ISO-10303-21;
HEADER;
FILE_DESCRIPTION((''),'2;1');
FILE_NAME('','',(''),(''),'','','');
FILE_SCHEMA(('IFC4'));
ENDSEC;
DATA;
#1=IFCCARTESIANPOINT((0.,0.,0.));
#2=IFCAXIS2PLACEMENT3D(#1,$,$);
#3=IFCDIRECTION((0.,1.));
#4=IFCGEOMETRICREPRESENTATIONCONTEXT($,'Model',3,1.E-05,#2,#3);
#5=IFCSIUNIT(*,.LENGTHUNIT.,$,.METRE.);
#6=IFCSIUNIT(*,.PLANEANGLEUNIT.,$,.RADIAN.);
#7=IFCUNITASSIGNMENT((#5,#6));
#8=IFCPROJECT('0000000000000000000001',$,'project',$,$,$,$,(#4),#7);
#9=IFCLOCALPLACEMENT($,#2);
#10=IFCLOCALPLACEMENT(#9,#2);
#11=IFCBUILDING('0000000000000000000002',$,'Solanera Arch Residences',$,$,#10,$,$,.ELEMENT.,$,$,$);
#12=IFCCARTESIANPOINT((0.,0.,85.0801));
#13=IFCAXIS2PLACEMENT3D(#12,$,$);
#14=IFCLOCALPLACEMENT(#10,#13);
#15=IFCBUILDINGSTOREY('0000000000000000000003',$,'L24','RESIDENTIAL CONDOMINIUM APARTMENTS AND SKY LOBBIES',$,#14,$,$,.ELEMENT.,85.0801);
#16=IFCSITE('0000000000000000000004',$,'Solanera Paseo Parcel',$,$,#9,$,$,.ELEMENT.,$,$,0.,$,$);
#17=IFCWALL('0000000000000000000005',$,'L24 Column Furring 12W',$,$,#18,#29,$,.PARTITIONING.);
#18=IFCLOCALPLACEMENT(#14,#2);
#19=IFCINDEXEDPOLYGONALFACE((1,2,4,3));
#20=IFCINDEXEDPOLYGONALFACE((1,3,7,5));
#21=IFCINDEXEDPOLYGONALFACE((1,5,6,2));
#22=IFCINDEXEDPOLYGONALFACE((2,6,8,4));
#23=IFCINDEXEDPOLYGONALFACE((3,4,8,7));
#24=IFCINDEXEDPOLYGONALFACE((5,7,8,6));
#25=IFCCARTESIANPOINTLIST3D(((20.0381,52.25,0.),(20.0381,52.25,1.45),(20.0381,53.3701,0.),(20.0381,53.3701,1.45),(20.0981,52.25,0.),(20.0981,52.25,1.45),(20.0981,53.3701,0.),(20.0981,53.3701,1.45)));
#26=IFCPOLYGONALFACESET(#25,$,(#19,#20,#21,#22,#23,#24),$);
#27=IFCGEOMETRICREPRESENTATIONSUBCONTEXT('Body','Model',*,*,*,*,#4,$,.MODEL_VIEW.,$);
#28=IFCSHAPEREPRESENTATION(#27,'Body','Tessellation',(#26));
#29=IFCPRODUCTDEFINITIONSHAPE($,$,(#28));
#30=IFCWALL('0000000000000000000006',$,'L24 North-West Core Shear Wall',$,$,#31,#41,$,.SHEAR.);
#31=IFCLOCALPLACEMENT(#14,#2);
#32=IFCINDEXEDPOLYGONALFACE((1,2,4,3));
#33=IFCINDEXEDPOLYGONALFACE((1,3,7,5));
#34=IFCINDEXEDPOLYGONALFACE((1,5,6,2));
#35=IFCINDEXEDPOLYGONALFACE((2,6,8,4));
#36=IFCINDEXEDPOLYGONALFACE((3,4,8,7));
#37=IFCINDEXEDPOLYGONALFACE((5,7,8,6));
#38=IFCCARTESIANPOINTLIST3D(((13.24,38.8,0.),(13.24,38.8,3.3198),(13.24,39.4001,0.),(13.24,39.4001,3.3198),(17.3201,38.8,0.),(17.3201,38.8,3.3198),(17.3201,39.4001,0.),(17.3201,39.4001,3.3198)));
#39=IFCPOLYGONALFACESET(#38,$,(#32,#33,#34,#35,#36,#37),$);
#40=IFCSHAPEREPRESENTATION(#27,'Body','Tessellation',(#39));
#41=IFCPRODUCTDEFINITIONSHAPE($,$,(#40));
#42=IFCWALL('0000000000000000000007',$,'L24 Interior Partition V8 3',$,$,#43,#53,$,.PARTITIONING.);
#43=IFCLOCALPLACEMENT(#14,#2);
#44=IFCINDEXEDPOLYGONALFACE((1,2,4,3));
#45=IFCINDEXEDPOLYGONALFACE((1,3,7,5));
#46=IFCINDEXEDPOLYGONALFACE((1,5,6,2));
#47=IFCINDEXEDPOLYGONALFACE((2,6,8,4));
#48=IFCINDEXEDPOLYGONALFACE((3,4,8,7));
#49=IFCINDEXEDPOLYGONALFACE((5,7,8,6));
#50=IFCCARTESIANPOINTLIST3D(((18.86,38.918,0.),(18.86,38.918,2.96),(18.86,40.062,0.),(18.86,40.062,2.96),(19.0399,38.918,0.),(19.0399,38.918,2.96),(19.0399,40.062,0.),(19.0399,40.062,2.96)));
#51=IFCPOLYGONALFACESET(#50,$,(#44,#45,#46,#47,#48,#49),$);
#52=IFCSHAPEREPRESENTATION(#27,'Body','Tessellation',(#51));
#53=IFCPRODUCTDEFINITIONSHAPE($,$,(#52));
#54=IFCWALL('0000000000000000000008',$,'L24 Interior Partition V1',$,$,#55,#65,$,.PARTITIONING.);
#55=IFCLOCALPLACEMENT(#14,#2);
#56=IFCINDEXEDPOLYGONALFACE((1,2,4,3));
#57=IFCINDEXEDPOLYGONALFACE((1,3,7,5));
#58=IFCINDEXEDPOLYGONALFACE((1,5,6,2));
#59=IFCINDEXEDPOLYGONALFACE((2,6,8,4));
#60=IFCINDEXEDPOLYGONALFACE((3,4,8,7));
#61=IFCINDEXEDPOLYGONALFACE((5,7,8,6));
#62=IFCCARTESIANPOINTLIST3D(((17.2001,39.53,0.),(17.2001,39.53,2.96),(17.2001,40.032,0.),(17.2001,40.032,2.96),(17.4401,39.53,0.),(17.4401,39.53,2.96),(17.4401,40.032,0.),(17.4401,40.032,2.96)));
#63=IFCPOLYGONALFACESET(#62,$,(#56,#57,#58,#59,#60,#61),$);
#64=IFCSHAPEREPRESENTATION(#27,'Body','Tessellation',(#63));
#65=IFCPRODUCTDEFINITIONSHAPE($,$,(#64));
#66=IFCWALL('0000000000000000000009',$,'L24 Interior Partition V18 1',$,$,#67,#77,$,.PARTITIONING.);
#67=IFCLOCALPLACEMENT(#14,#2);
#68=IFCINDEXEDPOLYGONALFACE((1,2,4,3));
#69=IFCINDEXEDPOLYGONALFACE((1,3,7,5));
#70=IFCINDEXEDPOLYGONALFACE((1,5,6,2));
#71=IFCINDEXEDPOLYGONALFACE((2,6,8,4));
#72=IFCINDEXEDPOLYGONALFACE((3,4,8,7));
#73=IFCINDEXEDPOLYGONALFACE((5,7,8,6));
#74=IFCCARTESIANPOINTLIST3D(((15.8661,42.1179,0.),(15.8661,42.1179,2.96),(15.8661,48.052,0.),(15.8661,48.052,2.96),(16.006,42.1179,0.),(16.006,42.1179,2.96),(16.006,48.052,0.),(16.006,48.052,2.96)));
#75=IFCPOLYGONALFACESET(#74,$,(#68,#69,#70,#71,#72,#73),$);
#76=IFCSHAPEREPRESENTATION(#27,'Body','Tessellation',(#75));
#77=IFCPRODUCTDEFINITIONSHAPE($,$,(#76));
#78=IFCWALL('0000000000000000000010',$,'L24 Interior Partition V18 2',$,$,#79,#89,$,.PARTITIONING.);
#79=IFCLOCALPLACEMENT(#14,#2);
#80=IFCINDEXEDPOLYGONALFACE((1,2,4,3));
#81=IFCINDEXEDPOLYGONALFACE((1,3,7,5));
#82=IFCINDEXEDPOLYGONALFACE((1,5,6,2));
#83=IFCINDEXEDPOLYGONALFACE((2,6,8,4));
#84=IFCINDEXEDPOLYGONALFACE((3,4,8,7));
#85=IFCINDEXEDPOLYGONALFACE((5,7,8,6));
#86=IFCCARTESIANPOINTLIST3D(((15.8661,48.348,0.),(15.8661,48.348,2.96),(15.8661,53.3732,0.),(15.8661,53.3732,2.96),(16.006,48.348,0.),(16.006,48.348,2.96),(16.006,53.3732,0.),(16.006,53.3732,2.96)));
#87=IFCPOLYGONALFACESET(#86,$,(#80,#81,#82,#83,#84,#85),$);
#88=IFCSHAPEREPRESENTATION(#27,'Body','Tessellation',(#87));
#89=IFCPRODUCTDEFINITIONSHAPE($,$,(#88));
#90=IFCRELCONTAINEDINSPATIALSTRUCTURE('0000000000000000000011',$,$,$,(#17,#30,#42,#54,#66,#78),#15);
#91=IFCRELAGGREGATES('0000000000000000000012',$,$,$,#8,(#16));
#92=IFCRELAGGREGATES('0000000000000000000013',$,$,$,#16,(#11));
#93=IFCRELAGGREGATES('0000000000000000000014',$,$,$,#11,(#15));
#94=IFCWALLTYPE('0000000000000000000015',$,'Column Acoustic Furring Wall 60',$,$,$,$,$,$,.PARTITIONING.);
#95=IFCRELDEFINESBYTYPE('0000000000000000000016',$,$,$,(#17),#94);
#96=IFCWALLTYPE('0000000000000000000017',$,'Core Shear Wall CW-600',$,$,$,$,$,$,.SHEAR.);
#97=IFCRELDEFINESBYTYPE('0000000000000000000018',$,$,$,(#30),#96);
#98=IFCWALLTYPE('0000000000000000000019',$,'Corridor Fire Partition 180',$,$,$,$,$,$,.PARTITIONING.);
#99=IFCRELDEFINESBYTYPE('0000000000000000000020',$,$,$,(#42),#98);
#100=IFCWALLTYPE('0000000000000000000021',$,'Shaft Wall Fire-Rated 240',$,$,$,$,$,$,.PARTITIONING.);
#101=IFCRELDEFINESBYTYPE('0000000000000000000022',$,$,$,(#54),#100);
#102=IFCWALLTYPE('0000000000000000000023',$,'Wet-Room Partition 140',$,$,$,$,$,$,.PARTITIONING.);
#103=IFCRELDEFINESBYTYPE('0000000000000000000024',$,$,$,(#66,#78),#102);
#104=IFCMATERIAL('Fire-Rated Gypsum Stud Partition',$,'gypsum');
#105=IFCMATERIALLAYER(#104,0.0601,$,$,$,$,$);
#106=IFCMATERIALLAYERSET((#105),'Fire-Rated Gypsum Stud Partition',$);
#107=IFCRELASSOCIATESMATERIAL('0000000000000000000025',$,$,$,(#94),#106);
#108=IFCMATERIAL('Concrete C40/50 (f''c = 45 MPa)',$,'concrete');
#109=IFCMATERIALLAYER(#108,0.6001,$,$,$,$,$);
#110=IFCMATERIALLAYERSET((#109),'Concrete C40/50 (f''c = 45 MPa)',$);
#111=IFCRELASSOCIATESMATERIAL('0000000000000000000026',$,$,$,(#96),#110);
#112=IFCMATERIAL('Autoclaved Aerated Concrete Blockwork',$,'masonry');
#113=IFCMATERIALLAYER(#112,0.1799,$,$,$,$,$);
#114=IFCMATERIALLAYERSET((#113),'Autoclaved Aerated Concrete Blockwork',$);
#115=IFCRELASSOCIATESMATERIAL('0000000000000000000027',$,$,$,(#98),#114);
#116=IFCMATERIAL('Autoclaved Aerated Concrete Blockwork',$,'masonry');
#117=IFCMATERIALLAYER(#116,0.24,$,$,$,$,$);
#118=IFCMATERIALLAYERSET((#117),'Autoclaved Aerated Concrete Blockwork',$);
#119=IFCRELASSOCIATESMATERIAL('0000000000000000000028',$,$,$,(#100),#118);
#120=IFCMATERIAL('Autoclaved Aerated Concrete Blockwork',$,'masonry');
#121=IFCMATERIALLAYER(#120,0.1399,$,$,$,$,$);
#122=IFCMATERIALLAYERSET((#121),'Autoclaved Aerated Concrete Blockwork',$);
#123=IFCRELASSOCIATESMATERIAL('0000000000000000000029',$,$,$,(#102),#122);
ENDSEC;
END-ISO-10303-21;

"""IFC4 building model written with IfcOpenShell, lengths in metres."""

from ifc_helpers import new_model, si_unit, direction, frame, frame_2d, origin, place, context, subcontext, project, spatial, rectangle, extrude, material, layer, layer_set, type_object, element, save


model = new_model("IFC4")

# Units and contexts
model_context = context("Model", 3, precision=1e-05, world=origin(), true_north=direction((0.0, 1.0)))
body_context = subcontext(model_context, "Body", "Model", "MODEL_VIEW")
ifc_project = project(units=[si_unit("LENGTHUNIT", "METRE"), si_unit("PLANEANGLEUNIT", "RADIAN")], contexts=[model_context])

# Site, building, storey
site_placement = place(None, origin())
site = spatial("IfcSite", under=ifc_project, at=site_placement, Name="Solanera Paseo Parcel", CompositionType="ELEMENT", RefElevation=0.0)
building_placement = place(site_placement, origin())
building = spatial("IfcBuilding", under=site, at=building_placement, Name="Solanera Arch Residences", CompositionType="ELEMENT")
storey_placement = place(building_placement, frame((0.0, 0.0, 85.0801)))
storey = spatial("IfcBuildingStorey", under=building, at=storey_placement, Name="L24", Description="RESIDENTIAL CONDOMINIUM APARTMENTS AND SKY LOBBIES", CompositionType="ELEMENT", Elevation=85.0801)

# Walls
ifc_material_1 = material(Name="Fire-Rated Gypsum Stud Partition", Category="gypsum")
ifc_layer_1 = layer(ifc_material_1, 0.0601)
ifc_layer_set_1 = layer_set([ifc_layer_1], Name="Fire-Rated Gypsum Stud Partition")
wall_type_1 = type_object("IfcWallType", Name="Column Acoustic Furring Wall 60", PredefinedType="PARTITIONING", material=ifc_layer_set_1)
wall_1_placement = place(storey_placement, frame((20.0681, 52.25, 0.0), z_axis=(0.0, 0.0, 1.0), x_axis=(0.0, 1.0, 0.0)))
element("IfcWall", 1, at=wall_1_placement, inside=storey, type_object=wall_type_1, Name="L24 Column Furring 12W", PredefinedType="PARTITIONING", context=body_context, shape_type="SweptSolid", body=[
    extrude(rectangle(XDim=1.1201, YDim=0.0601, at=frame_2d((0.5601, 0.0))), origin(), (0.0, 0.0, 1.0), 1.45),
])
ifc_material_2 = material(Name="Concrete C40/50 (f'c = 45 MPa)", Category="concrete")
ifc_layer_2 = layer(ifc_material_2, 0.6001)
ifc_layer_set_2 = layer_set([ifc_layer_2], Name="Concrete C40/50 (f'c = 45 MPa)")
wall_type_2 = type_object("IfcWallType", Name="Core Shear Wall CW-600", PredefinedType="SHEAR", material=ifc_layer_set_2)
wall_2_placement = place(storey_placement, frame((13.24, 39.1001, 0.0), z_axis=(0.0, 0.0, 1.0), x_axis=(1.0, 0.0, 0.0)))
element("IfcWall", 2, at=wall_2_placement, inside=storey, type_object=wall_type_2, Name="L24 North-West Core Shear Wall", PredefinedType="SHEAR", context=body_context, shape_type="SweptSolid", body=[
    extrude(rectangle(XDim=4.0801, YDim=0.6001, at=frame_2d((2.04, 0.0))), origin(), (0.0, 0.0, 1.0), 3.3198),
])
ifc_material_3 = material(Name="Autoclaved Aerated Concrete Blockwork", Category="masonry")
ifc_layer_3 = layer(ifc_material_3, 0.1799)
ifc_layer_set_3 = layer_set([ifc_layer_3], Name="Autoclaved Aerated Concrete Blockwork")
wall_type_3 = type_object("IfcWallType", Name="Corridor Fire Partition 180", PredefinedType="PARTITIONING", material=ifc_layer_set_3)
wall_3_placement = place(storey_placement, frame((18.95, 38.918, 0.0), z_axis=(0.0, 0.0, 1.0), x_axis=(0.0, 1.0, 0.0)))
element("IfcWall", 3, at=wall_3_placement, inside=storey, type_object=wall_type_3, Name="L24 Interior Partition V8 3", PredefinedType="PARTITIONING", context=body_context, shape_type="SweptSolid", body=[
    extrude(rectangle(XDim=1.144, YDim=0.1799, at=frame_2d((0.572, 0.0))), origin(), (0.0, 0.0, 1.0), 2.96),
])
ifc_material_4 = material(Name="Autoclaved Aerated Concrete Blockwork", Category="masonry")
ifc_layer_4 = layer(ifc_material_4, 0.24)
ifc_layer_set_4 = layer_set([ifc_layer_4], Name="Autoclaved Aerated Concrete Blockwork")
wall_type_4 = type_object("IfcWallType", Name="Shaft Wall Fire-Rated 240", PredefinedType="PARTITIONING", material=ifc_layer_set_4)
wall_4_placement = place(storey_placement, frame((17.3201, 39.53, 0.0), z_axis=(0.0, 0.0, 1.0), x_axis=(0.0, 1.0, 0.0)))
element("IfcWall", 4, at=wall_4_placement, inside=storey, type_object=wall_type_4, Name="L24 Interior Partition V1", PredefinedType="PARTITIONING", context=body_context, shape_type="SweptSolid", body=[
    extrude(rectangle(XDim=0.502, YDim=0.24, at=frame_2d((0.251, 0.0))), origin(), (0.0, 0.0, 1.0), 2.96),
])
ifc_material_5 = material(Name="Autoclaved Aerated Concrete Blockwork", Category="masonry")
ifc_layer_5 = layer(ifc_material_5, 0.1399)
ifc_layer_set_5 = layer_set([ifc_layer_5], Name="Autoclaved Aerated Concrete Blockwork")
wall_type_5 = type_object("IfcWallType", Name="Wet-Room Partition 140", PredefinedType="PARTITIONING", material=ifc_layer_set_5)
wall_5_placement = place(storey_placement, frame((15.936, 42.1179, 0.0), z_axis=(0.0, 0.0, 1.0), x_axis=(0.0, 1.0, 0.0)))
element("IfcWall", 5, at=wall_5_placement, inside=storey, type_object=wall_type_5, Name="L24 Interior Partition V18 1", PredefinedType="PARTITIONING", context=body_context, shape_type="SweptSolid", body=[
    extrude(rectangle(XDim=5.9341, YDim=0.1399, at=frame_2d((2.967, 0.0))), origin(), (0.0, 0.0, 1.0), 2.96),
])
wall_6_placement = place(storey_placement, frame((15.936, 48.3479, 0.0), z_axis=(0.0, 0.0, 1.0), x_axis=(0.0, 1.0, 0.0)))
element("IfcWall", 6, at=wall_6_placement, inside=storey, type_object=wall_type_5, Name="L24 Interior Partition V18 2", PredefinedType="PARTITIONING", context=body_context, shape_type="SweptSolid", body=[
    extrude(rectangle(XDim=5.0251, YDim=0.1399, at=frame_2d((2.5127, 0.0))), origin(), (0.0, 0.0, 1.0), 2.96),
])

save(model, "model.ifc")
